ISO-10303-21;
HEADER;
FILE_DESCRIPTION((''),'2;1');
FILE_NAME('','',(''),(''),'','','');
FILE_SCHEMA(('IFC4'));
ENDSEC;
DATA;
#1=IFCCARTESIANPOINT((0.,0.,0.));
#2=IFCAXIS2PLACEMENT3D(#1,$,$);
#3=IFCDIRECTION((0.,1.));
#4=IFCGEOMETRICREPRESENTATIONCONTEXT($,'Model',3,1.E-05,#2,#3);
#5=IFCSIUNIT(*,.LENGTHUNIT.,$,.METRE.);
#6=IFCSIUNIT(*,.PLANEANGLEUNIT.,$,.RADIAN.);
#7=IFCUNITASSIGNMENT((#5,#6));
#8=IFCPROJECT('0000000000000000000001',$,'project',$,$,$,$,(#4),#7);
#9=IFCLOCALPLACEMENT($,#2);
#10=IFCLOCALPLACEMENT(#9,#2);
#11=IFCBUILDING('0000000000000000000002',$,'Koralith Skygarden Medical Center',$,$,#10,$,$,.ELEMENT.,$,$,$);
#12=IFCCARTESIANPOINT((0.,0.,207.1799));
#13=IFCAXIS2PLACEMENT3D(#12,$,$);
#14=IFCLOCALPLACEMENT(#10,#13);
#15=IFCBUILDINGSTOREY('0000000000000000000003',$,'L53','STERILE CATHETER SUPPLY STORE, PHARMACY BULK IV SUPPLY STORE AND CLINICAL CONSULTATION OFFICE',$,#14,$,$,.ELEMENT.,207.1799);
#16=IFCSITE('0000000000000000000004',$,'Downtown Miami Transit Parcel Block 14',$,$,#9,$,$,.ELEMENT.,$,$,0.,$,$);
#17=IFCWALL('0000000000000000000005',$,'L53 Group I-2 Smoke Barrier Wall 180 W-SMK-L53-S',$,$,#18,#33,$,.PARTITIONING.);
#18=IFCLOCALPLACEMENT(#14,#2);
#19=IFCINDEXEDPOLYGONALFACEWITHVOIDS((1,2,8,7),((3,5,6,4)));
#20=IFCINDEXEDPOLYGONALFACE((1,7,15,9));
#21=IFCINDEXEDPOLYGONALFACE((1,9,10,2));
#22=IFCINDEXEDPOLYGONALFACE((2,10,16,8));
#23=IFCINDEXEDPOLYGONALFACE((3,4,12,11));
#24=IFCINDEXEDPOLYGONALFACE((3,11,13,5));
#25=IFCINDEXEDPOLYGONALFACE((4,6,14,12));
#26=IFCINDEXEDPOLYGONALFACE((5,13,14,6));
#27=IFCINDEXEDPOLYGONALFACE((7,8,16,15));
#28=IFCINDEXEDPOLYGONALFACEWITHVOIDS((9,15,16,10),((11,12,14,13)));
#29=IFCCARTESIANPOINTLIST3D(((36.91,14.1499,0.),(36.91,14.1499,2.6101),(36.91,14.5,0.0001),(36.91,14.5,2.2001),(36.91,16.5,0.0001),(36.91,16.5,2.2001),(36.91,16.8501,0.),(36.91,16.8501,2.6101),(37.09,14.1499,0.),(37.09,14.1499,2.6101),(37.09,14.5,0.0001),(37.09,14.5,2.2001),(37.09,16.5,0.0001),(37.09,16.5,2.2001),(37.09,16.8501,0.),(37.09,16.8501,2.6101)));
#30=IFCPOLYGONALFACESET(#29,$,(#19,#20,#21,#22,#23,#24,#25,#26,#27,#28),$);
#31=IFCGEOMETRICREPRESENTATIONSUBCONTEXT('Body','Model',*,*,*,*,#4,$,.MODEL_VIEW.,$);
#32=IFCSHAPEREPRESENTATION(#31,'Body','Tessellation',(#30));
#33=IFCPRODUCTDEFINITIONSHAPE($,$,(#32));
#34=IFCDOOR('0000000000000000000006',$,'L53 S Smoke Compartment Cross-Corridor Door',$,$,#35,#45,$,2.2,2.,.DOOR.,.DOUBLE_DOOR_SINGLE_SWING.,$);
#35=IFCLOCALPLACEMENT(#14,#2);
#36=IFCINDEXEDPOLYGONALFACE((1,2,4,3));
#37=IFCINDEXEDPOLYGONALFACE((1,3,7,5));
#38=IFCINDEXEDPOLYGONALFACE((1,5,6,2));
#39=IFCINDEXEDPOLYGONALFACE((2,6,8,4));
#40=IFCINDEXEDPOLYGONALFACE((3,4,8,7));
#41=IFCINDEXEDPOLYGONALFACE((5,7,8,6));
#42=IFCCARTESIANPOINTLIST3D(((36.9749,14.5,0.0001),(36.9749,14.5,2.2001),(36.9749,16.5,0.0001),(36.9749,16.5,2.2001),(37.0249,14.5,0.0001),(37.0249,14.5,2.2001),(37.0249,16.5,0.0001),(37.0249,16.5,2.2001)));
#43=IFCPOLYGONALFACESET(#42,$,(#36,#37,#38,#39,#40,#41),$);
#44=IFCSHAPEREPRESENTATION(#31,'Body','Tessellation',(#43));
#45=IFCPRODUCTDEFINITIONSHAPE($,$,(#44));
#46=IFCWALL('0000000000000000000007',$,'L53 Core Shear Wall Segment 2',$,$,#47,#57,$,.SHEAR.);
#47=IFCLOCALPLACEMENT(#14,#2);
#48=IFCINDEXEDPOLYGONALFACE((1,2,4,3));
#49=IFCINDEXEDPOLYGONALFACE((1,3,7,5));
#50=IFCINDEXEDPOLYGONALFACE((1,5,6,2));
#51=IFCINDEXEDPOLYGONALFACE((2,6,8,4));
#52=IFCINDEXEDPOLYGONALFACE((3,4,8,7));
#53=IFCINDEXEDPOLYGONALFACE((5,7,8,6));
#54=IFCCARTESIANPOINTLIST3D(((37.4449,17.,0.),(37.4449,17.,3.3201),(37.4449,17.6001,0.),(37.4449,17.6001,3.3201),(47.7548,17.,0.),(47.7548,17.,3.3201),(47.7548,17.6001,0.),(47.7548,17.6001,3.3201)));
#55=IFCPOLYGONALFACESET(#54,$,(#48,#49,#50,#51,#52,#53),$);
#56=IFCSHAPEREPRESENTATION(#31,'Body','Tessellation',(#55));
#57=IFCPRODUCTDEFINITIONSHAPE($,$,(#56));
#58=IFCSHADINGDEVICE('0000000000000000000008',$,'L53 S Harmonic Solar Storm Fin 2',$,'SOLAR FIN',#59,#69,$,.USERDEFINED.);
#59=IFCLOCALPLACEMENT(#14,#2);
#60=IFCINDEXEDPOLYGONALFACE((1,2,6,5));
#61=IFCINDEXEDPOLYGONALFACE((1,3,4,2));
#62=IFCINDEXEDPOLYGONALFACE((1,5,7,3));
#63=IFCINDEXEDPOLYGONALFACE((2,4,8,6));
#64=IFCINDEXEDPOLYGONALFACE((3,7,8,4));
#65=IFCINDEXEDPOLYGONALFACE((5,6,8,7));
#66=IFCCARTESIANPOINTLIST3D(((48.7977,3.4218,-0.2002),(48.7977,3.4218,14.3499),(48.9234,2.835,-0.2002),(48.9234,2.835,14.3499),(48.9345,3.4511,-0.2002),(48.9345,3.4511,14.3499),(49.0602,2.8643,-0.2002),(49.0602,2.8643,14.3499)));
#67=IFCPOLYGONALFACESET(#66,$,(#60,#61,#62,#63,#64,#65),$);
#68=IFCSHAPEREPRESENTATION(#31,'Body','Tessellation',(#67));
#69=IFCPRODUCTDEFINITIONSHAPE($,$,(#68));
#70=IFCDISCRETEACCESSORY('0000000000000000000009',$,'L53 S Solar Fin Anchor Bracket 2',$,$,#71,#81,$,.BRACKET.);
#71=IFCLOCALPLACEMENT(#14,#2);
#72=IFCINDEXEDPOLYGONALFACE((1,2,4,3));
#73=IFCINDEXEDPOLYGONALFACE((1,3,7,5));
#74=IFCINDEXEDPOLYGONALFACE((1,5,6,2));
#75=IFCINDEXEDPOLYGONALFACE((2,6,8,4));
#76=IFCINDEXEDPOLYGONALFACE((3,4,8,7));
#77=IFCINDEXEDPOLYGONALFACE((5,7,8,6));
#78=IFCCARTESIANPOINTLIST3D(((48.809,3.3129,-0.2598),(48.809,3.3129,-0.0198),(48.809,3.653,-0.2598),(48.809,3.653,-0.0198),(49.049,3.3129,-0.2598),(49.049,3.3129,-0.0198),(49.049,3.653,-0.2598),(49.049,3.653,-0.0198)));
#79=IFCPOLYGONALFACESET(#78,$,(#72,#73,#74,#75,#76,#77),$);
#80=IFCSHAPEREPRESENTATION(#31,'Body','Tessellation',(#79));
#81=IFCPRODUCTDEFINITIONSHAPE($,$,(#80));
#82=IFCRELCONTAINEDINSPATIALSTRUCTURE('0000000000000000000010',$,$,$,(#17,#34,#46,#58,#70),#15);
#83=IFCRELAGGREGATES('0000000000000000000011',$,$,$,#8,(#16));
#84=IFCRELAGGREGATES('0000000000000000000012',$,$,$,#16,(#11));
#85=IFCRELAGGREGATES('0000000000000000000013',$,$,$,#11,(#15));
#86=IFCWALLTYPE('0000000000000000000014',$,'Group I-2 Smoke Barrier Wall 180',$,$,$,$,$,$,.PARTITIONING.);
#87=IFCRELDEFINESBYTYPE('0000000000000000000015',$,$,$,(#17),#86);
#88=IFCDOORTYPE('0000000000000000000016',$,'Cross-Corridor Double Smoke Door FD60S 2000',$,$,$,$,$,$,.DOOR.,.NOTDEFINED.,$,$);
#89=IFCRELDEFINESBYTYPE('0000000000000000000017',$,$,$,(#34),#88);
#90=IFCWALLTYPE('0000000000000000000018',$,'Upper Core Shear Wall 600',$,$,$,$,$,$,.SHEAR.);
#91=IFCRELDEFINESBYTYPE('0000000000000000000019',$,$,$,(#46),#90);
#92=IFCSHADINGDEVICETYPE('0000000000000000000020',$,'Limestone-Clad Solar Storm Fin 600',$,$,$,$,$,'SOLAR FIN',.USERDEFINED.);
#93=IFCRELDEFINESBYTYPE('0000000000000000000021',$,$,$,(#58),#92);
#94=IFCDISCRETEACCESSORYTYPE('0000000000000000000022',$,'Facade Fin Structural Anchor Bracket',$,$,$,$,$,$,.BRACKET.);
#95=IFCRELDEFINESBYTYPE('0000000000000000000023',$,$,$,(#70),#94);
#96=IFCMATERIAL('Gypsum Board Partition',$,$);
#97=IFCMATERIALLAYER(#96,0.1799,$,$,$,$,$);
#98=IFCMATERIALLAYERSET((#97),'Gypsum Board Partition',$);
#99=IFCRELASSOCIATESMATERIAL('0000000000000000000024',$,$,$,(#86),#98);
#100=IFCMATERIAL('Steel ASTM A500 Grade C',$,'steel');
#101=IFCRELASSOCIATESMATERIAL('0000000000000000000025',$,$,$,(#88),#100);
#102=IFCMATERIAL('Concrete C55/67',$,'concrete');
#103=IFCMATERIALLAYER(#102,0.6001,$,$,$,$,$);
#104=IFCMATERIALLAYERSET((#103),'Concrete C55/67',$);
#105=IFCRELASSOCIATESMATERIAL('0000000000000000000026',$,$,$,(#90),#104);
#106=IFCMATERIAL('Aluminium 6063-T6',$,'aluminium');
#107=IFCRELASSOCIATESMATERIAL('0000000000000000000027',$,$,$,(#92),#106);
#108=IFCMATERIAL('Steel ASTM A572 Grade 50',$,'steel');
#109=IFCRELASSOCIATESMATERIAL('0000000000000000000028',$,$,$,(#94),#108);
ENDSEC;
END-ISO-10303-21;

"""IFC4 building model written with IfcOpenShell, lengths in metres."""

from ifc_helpers import new_model, si_unit, direction, frame, frame_2d, origin, origin_2d, place, context, subcontext, project, spatial, rectangle, extrude, material, layer, layer_set, type_object, element, fill, save


model = new_model("IFC4")

# Units and contexts
model_context = context("Model", 3, precision=1e-05, world=origin(), true_north=direction((0.0, 1.0)))
body_context = subcontext(model_context, "Body", "Model", "MODEL_VIEW")
ifc_project = project(units=[si_unit("LENGTHUNIT", "METRE"), si_unit("PLANEANGLEUNIT", "RADIAN")], contexts=[model_context])

# Site, building, storey
site_placement = place(None, origin())
site = spatial("IfcSite", under=ifc_project, at=site_placement, Name="Downtown Miami Transit Parcel Block 14", CompositionType="ELEMENT", RefElevation=0.0)
building_placement = place(site_placement, origin())
building = spatial("IfcBuilding", under=site, at=building_placement, Name="Koralith Skygarden Medical Center", CompositionType="ELEMENT")
storey_placement = place(building_placement, frame((0.0, 0.0, 207.1799)))
storey = spatial("IfcBuildingStorey", under=building, at=storey_placement, Name="L53", Description="STERILE CATHETER SUPPLY STORE, PHARMACY BULK IV SUPPLY STORE AND CLINICAL CONSULTATION OFFICE", CompositionType="ELEMENT", Elevation=207.1799)

# Shared definitions
ifc_material_1 = material(Name="Concrete C55/67", Category="concrete")

# Shared definitions
ifc_material_2 = material(Name="Aluminium 6063-T6", Category="aluminium")

# Shared definitions
ifc_material_3 = material(Name="Gypsum Board Partition")

# Wall, opening, door
ifc_layer_1 = layer(ifc_material_3, 0.1799)
ifc_layer_set_1 = layer_set([ifc_layer_1], Name="Gypsum Board Partition")
wall_type_1 = type_object("IfcWallType", Name="Group I-2 Smoke Barrier Wall 180", PredefinedType="PARTITIONING", material=ifc_layer_set_1)
wall_1_placement = place(storey_placement, frame((37.0, 14.1499, 0.0), z_axis=(0.0, 0.0, 1.0), x_axis=(0.0, 1.0, 0.0)))
wall_1 = element("IfcWall", 1, at=wall_1_placement, inside=storey, type_object=wall_type_1, Name="L53 Group I-2 Smoke Barrier Wall 180 W-SMK-L53-S", PredefinedType="PARTITIONING", context=body_context, shape_type="SweptSolid", body=[
    extrude(rectangle(XDim=2.7002, YDim=0.1799, at=frame_2d((1.3501, 0.0))), origin(), (0.0, 0.0, 1.0), 2.6101),
])
opening_1_placement = place(wall_1_placement, frame((0.3501, 0.0, 0.0)))
opening_1 = element("IfcOpeningElement", 2, at=opening_1_placement, cuts=wall_1, PredefinedType="OPENING", context=body_context, shape_type="SweptSolid", body=[
    extrude(rectangle(XDim=2.0, YDim=2.2, at=frame_2d((1.0, 1.1001))), frame((0.0, 0.0999, 0.0), z_axis=(0.0, -1.0, 0.0), x_axis=(1.0, 0.0, 0.0)), (0.0, 0.0, 1.0), 0.2),
])
ifc_material_4 = material(Name="Steel ASTM A500 Grade C", Category="steel")
door_type_1 = type_object("IfcDoorType", Name="Cross-Corridor Double Smoke Door FD60S 2000", OperationType="NOTDEFINED", PredefinedType="DOOR", material=ifc_material_4)
door_1_placement = place(opening_1_placement, frame((2.0, 0.0, 0.0), z_axis=(0.0, 0.0, 1.0), x_axis=(-1.0, 0.0, 0.0)))
door_1 = element("IfcDoor", 3, at=door_1_placement, inside=storey, type_object=door_type_1, Name="L53 S Smoke Compartment Cross-Corridor Door", OperationType="DOUBLE_DOOR_SINGLE_SWING", OverallHeight=2.2, OverallWidth=2.0, PredefinedType="DOOR", context=body_context, shape_type="SweptSolid", body=[
    extrude(rectangle(XDim=2.0, YDim=2.2, at=frame_2d((1.0, 1.1001))), frame((0.0, 0.0249, 0.0), z_axis=(0.0, -1.0, 0.0), x_axis=(1.0, 0.0, 0.0)), (0.0, 0.0, 1.0), 0.05),
])
fill(opening_1, door_1)

# Wall
ifc_layer_2 = layer(ifc_material_1, 0.6001)
ifc_layer_set_2 = layer_set([ifc_layer_2], Name="Concrete C55/67")
wall_type_2 = type_object("IfcWallType", Name="Upper Core Shear Wall 600", PredefinedType="SHEAR", material=ifc_layer_set_2)
wall_2_placement = place(storey_placement, frame((37.4451, 17.3, 0.0), z_axis=(0.0, 0.0, 1.0), x_axis=(1.0, 0.0, 0.0)))
element("IfcWall", 4, at=wall_2_placement, inside=storey, type_object=wall_type_2, Name="L53 Core Shear Wall Segment 2", PredefinedType="SHEAR", context=body_context, shape_type="SweptSolid", body=[
    extrude(rectangle(XDim=10.3098, YDim=0.6001, at=frame_2d((5.1548, 0.0))), origin(), (0.0, 0.0, 1.0), 3.3201),
])

# Shading device
shading_device_type = type_object("IfcShadingDeviceType", Name="Limestone-Clad Solar Storm Fin 600", ElementType="SOLAR FIN", PredefinedType="USERDEFINED", material=ifc_material_2)
shading_device_placement = place(storey_placement, frame((48.929, 3.1431, -0.2002), z_axis=(0.0, 0.0, 1.0), x_axis=(0.209516, -0.977805, 0.0)))
element("IfcShadingDevice", 5, at=shading_device_placement, inside=storey, type_object=shading_device_type, Name="L53 S Harmonic Solar Storm Fin 2", ObjectType="SOLAR FIN", PredefinedType="USERDEFINED", context=body_context, shape_type="SweptSolid", body=[
    extrude(rectangle(XDim=0.6001, YDim=0.1399, at=origin_2d()), origin(), (0.0, 0.0, 1.0), 14.55),
])

# Discrete accessory
ifc_material_5 = material(Name="Steel ASTM A572 Grade 50", Category="steel")
discrete_accessory_type = type_object("IfcDiscreteAccessoryType", Name="Facade Fin Structural Anchor Bracket", PredefinedType="BRACKET", material=ifc_material_5)
discrete_accessory_placement = place(storey_placement, frame((48.929, 3.4829, -0.2598), z_axis=(0.0, 0.0, 1.0), x_axis=(0.0, -1.0, 0.0)))
element("IfcDiscreteAccessory", 6, at=discrete_accessory_placement, inside=storey, type_object=discrete_accessory_type, Name="L53 S Solar Fin Anchor Bracket 2", PredefinedType="BRACKET", context=body_context, shape_type="SweptSolid", body=[
    extrude(rectangle(XDim=0.3401, YDim=0.24, at=origin_2d()), origin(), (0.0, 0.0, 1.0), 0.24),
])

save(model, "model.ifc")
